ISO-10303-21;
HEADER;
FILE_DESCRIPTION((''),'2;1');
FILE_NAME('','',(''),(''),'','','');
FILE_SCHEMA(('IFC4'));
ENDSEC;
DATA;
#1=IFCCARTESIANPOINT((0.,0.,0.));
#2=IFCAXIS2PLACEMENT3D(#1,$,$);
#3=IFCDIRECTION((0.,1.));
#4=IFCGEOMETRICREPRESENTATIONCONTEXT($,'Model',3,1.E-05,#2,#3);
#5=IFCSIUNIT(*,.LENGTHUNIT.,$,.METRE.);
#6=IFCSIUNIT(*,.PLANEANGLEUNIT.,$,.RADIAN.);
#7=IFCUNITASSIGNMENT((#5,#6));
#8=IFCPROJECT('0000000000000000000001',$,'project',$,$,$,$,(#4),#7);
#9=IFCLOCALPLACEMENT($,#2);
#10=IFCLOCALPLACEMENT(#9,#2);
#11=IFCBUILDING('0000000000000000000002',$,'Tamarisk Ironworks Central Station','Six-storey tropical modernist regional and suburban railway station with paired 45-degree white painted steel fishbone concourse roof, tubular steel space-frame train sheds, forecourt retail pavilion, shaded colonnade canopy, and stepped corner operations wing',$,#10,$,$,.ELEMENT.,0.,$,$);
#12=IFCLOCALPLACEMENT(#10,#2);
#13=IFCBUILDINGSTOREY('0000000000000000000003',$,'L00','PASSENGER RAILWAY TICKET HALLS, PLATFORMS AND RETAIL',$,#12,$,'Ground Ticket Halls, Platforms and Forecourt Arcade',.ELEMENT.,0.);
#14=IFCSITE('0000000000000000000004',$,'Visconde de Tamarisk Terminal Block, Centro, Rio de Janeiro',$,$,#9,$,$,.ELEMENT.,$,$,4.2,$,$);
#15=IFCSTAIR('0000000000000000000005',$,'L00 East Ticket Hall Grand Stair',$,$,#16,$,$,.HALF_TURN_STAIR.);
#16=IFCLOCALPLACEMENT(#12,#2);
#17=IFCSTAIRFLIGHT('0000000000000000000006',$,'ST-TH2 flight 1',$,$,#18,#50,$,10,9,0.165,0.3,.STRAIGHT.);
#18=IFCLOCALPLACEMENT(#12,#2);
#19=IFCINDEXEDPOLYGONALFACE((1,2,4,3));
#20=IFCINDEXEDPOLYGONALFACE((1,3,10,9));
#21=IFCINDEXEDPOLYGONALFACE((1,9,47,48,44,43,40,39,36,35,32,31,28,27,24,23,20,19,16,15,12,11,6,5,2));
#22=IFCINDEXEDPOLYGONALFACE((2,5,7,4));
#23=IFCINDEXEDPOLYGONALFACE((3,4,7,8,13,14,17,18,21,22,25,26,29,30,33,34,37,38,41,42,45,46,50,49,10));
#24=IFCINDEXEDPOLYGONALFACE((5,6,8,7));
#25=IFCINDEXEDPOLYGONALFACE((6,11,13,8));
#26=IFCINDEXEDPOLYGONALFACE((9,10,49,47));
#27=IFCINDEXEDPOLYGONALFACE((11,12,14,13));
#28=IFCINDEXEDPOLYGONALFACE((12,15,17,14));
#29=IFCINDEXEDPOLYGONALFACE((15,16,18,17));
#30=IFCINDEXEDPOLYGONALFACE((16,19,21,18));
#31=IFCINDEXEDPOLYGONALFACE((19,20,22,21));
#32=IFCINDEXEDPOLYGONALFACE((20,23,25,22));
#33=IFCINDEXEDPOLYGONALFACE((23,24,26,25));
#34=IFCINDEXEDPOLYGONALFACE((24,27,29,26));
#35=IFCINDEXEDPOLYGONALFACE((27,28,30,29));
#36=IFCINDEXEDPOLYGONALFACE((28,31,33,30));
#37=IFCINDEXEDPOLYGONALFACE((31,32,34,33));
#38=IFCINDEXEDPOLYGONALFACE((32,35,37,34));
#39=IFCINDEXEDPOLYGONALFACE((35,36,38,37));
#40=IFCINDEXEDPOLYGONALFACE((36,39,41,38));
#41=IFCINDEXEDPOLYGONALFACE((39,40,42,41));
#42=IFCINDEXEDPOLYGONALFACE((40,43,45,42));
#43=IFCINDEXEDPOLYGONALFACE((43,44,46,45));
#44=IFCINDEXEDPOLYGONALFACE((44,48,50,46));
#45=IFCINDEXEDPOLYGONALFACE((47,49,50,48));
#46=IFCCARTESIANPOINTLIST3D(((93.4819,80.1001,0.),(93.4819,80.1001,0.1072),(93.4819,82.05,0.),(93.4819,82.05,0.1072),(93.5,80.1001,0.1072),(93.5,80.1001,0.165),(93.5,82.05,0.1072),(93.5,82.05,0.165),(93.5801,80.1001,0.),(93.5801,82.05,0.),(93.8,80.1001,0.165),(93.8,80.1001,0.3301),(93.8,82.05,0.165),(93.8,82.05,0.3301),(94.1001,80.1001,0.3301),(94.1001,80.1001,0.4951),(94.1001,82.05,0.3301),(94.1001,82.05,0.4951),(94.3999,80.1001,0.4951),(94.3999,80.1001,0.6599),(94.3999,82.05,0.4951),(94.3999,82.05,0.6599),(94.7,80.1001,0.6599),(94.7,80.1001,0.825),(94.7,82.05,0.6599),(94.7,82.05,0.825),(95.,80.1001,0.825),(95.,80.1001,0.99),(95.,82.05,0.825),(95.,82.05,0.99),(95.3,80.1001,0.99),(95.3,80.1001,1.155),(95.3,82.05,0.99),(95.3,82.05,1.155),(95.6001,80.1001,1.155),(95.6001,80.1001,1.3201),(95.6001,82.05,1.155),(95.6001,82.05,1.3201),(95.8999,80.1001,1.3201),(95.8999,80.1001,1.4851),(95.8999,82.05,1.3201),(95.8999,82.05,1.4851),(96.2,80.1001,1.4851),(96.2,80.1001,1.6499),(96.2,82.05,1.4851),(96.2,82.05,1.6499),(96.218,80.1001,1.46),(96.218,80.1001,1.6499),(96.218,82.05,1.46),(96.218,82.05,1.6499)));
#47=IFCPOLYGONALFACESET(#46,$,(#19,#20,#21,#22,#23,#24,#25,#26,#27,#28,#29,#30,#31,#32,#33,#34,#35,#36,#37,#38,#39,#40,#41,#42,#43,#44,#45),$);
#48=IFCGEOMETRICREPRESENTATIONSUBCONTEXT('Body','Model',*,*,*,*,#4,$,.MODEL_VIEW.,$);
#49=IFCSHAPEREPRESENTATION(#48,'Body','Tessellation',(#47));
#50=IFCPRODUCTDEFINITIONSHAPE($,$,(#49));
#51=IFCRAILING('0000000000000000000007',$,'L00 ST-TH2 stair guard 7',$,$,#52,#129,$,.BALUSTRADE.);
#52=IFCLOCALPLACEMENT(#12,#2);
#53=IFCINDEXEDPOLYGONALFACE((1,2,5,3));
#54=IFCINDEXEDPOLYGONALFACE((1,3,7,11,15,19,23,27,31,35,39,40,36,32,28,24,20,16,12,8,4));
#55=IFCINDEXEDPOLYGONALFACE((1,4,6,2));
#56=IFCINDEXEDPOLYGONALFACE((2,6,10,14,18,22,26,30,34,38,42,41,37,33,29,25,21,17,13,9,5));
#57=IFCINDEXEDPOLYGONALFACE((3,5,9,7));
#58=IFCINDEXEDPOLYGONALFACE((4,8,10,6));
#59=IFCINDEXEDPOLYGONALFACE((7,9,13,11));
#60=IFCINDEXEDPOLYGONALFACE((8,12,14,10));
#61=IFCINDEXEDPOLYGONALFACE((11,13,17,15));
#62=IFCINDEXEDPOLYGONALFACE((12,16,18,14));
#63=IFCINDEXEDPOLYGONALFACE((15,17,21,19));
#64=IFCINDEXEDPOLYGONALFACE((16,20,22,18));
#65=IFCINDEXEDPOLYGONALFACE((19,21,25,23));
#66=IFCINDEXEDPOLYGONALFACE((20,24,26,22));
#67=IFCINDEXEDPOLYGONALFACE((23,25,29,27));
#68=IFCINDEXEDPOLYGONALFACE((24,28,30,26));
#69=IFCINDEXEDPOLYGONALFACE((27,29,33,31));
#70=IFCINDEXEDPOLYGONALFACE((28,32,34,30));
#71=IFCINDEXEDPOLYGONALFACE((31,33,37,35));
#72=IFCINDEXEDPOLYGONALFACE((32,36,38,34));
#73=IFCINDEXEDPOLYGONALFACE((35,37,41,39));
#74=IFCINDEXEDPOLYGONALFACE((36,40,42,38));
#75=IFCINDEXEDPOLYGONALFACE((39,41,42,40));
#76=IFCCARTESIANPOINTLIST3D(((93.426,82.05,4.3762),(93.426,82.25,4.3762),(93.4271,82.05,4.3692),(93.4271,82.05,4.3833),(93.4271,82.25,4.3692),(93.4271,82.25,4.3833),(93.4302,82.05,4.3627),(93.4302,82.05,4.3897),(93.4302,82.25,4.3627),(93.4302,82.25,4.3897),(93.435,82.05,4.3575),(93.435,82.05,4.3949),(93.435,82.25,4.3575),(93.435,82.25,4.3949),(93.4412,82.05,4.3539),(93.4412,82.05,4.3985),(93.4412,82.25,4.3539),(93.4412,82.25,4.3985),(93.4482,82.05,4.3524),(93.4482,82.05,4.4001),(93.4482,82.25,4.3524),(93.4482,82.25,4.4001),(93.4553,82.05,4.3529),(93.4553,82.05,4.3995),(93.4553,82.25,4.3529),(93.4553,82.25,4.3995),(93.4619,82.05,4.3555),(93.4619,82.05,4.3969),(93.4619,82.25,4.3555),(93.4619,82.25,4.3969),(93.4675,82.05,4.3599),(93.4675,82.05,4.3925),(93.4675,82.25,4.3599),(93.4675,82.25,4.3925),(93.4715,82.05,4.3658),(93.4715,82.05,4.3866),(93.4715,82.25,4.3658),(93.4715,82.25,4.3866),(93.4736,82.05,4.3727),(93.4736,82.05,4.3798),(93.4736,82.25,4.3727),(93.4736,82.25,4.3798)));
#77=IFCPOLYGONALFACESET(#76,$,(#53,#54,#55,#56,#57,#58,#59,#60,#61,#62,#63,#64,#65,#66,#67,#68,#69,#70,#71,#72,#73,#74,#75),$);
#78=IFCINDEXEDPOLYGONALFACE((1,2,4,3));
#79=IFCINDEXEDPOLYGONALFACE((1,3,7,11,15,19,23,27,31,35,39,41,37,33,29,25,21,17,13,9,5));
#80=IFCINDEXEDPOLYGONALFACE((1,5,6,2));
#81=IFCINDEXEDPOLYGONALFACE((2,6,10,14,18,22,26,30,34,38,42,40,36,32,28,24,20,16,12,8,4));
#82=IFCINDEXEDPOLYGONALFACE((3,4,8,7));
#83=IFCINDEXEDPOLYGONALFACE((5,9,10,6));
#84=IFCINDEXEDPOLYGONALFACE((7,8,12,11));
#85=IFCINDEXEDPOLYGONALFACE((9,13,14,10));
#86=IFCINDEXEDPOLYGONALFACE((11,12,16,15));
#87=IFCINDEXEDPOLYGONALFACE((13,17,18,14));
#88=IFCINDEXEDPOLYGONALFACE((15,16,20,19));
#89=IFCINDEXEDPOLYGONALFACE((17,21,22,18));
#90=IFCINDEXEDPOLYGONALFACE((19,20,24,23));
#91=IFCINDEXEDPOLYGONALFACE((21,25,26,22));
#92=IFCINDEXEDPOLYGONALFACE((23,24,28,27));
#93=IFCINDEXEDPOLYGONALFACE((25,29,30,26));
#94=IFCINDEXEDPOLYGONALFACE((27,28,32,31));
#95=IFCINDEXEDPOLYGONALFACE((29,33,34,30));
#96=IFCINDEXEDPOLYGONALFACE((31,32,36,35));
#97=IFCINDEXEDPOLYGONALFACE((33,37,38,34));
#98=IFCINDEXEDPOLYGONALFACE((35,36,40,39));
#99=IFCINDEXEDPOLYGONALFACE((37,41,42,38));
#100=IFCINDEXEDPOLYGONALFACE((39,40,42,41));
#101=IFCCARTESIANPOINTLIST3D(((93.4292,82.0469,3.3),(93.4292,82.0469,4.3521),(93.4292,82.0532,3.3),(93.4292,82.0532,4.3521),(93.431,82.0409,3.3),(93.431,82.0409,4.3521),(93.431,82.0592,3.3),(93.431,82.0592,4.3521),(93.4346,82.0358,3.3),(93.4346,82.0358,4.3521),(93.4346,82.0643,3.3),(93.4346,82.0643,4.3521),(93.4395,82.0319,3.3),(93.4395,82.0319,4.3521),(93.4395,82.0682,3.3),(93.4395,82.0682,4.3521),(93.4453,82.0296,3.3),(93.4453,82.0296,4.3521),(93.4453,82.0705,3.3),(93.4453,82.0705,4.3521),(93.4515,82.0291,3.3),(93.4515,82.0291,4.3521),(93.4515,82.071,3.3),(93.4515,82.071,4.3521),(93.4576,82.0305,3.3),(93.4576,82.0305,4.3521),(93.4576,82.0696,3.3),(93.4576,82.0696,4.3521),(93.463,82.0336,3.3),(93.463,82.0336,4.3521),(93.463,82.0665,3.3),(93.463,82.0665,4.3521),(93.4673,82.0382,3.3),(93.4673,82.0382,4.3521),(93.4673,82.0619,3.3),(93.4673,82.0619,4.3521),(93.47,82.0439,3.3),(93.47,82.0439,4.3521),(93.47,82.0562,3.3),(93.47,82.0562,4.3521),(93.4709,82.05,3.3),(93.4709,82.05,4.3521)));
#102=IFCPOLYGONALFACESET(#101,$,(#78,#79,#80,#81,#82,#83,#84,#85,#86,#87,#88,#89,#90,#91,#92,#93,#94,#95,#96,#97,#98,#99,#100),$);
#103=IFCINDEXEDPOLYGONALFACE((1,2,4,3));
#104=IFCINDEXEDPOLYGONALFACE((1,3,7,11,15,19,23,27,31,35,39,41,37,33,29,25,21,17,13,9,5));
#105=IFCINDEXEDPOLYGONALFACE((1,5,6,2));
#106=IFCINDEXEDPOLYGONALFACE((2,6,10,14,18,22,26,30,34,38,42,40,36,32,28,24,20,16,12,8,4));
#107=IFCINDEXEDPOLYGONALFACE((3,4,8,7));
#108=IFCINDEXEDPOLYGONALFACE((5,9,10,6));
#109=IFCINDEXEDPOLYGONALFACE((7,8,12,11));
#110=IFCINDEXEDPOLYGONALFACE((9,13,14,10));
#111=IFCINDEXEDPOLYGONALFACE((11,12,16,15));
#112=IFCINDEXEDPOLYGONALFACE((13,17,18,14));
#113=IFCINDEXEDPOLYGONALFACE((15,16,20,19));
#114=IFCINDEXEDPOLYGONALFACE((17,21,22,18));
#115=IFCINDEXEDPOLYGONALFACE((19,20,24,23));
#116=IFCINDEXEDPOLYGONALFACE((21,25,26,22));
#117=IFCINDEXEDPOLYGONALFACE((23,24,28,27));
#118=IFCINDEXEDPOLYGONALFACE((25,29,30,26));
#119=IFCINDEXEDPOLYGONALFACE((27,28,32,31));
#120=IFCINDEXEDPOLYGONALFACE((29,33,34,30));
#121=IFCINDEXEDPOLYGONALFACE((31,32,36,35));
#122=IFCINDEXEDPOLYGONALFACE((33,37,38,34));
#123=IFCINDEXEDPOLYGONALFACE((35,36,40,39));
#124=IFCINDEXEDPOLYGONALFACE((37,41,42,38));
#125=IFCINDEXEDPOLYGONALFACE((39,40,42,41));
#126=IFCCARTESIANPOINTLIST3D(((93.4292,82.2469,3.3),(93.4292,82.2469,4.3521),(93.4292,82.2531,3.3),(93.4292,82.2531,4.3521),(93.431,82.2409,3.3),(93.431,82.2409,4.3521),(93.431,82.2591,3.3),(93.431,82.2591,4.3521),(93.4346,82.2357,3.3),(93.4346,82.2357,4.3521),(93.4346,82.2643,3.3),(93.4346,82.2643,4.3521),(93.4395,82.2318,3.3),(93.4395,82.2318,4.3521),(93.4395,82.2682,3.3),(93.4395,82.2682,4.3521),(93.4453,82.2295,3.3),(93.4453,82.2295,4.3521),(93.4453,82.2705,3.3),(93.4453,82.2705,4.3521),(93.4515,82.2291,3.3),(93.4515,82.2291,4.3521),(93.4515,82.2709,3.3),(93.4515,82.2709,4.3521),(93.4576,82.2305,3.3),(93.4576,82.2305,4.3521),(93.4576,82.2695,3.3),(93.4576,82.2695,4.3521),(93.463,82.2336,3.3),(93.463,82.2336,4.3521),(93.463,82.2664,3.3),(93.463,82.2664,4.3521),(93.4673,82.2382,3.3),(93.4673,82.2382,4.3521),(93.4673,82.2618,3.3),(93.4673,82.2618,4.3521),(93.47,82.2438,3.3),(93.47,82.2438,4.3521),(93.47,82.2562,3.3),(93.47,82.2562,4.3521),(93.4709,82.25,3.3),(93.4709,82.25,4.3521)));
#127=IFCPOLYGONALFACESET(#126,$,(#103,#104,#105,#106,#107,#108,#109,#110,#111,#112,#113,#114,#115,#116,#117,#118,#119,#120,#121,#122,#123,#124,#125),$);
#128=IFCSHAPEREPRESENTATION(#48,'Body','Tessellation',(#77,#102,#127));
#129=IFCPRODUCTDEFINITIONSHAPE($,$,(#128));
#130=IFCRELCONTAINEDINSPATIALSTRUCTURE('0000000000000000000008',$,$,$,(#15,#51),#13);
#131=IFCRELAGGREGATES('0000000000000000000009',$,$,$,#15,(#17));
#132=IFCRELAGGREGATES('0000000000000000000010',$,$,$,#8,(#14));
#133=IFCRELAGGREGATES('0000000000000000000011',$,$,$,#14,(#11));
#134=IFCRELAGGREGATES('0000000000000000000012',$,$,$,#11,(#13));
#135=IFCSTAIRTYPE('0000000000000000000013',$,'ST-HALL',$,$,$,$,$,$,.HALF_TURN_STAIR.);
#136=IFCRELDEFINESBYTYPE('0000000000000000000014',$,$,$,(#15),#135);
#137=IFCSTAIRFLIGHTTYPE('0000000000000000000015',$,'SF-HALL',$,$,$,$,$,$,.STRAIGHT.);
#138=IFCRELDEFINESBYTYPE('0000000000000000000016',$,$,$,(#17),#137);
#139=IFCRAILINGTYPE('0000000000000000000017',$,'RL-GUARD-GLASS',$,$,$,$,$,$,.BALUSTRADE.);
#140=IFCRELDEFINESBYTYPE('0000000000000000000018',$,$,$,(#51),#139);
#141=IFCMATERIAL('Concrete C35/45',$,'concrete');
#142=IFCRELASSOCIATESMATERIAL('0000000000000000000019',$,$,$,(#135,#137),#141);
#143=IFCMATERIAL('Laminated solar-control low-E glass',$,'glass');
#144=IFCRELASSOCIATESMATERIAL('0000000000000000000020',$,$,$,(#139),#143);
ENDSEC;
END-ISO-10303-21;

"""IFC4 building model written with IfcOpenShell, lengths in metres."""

from ifc_helpers import new_model, si_unit, direction, frame, origin, origin_2d, place, context, subcontext, project, spatial, polyline, circle, outline, extrude, material, type_object, element, aggregate, save


model = new_model("IFC4")

# Units and contexts
model_context = context("Model", 3, precision=1e-05, world=origin(), true_north=direction((0.0, 1.0)))
body_context = subcontext(model_context, "Body", "Model", "MODEL_VIEW")
ifc_project = project(units=[si_unit("LENGTHUNIT", "METRE"), si_unit("PLANEANGLEUNIT", "RADIAN")], contexts=[model_context])

# Site, building, storey
site_placement = place(None, origin())
site = spatial("IfcSite", under=ifc_project, at=site_placement, Name="Visconde de Tamarisk Terminal Block, Centro, Rio de Janeiro", CompositionType="ELEMENT", RefElevation=4.2)
building_placement = place(site_placement, origin())
building = spatial("IfcBuilding", under=site, at=building_placement, Name="Tamarisk Ironworks Central Station", Description="Six-storey tropical modernist regional and suburban railway station with paired 45-degree white painted steel fishbone concourse roof, tubular steel space-frame train sheds, forecourt retail pavilion, shaded colonnade canopy, and stepped corner operations wing", CompositionType="ELEMENT", ElevationOfRefHeight=0.0)
storey_placement = place(building_placement, origin())
storey = spatial("IfcBuildingStorey", under=building, at=storey_placement, Name="L00", Description="PASSENGER RAILWAY TICKET HALLS, PLATFORMS AND RETAIL", LongName="Ground Ticket Halls, Platforms and Forecourt Arcade", CompositionType="ELEMENT", Elevation=0.0)

# Stair, stair flight
ifc_material_1 = material(Name="Concrete C35/45", Category="concrete")
stair_type = type_object("IfcStairType", Name="ST-HALL", PredefinedType="HALF_TURN_STAIR", material=ifc_material_1)
stair_placement = place(storey_placement, origin())
stair = element("IfcStair", 1, at=stair_placement, inside=storey, type_object=stair_type, Name="L00 East Ticket Hall Grand Stair", PredefinedType="HALF_TURN_STAIR")
stair_flight_type = type_object("IfcStairFlightType", Name="SF-HALL", PredefinedType="STRAIGHT", material=ifc_material_1)
stair_flight_placement = place(storey_placement, frame((93.5, 81.075, 0.0), z_axis=(0.0, 0.0, 1.0), x_axis=(1.0, 0.0, 0.0)))
stair_flight = element("IfcStairFlight", 2, at=stair_flight_placement, type_object=stair_flight_type, Name="ST-TH2 flight 1", NumberOfRisers=10, NumberOfTreads=9, PredefinedType="STRAIGHT", RiserHeight=0.165, TreadLength=0.3, context=body_context, shape_type="SweptSolid", body=[
    extrude(outline(polyline([(-0.0181, 0.0), (-0.0181, 0.1072), (0.0, 0.1072), (0.0, 0.165), (0.3, 0.165), (0.3, 0.3301), (0.6001, 0.3301), (0.6001, 0.4951), (0.8999, 0.4951), (0.8999, 0.6599), (1.2, 0.6599), (1.2, 0.825), (1.5, 0.825), (1.5, 0.99), (1.8, 0.99), (1.8, 1.155), (2.1001, 1.155), (2.1001, 1.3201), (2.3999, 1.3201), (2.3999, 1.4851), (2.7, 1.4851), (2.7, 1.6499), (2.718, 1.6499), (2.718, 1.46), (0.0801, 0.0), (-0.0181, 0.0)])), frame((0.0, 0.9751, 0.0), z_axis=(0.0, -1.0, 0.0), x_axis=(1.0, 0.0, 0.0)), (0.0, 0.0, 1.0), 1.95),
])
aggregate(stair, [stair_flight])

# Railing
ifc_material_2 = material(Name="Laminated solar-control low-E glass", Category="glass")
railing_type_1 = type_object("IfcRailingType", Name="RL-GUARD-GLASS", PredefinedType="BALUSTRADE", material=ifc_material_2)
railing_1_placement = place(storey_placement, frame((93.45, 82.05, 3.3)))
element("IfcRailing", 3, at=railing_1_placement, inside=storey, type_object=railing_type_1, Name="L00 ST-TH2 stair guard 7", PredefinedType="BALUSTRADE", context=body_context, shape_type="SweptSolid", body=[
    extrude(circle(Radius=0.0239, at=origin_2d()), frame((0.0, 0.0, 1.0762), z_axis=(0.0, 1.0, 0.0), x_axis=(-1.0, 0.0, 0.0)), (0.0, 0.0, 1.0), 0.2),
    extrude(circle(Radius=0.021, at=origin_2d()), origin(), (0.0, 0.0, 1.0), 1.052),
    extrude(circle(Radius=0.021, at=origin_2d()), frame((0.0, 0.2, 0.0)), (0.0, 0.0, 1.0), 1.052),
])

save(model, "model.ifc")
